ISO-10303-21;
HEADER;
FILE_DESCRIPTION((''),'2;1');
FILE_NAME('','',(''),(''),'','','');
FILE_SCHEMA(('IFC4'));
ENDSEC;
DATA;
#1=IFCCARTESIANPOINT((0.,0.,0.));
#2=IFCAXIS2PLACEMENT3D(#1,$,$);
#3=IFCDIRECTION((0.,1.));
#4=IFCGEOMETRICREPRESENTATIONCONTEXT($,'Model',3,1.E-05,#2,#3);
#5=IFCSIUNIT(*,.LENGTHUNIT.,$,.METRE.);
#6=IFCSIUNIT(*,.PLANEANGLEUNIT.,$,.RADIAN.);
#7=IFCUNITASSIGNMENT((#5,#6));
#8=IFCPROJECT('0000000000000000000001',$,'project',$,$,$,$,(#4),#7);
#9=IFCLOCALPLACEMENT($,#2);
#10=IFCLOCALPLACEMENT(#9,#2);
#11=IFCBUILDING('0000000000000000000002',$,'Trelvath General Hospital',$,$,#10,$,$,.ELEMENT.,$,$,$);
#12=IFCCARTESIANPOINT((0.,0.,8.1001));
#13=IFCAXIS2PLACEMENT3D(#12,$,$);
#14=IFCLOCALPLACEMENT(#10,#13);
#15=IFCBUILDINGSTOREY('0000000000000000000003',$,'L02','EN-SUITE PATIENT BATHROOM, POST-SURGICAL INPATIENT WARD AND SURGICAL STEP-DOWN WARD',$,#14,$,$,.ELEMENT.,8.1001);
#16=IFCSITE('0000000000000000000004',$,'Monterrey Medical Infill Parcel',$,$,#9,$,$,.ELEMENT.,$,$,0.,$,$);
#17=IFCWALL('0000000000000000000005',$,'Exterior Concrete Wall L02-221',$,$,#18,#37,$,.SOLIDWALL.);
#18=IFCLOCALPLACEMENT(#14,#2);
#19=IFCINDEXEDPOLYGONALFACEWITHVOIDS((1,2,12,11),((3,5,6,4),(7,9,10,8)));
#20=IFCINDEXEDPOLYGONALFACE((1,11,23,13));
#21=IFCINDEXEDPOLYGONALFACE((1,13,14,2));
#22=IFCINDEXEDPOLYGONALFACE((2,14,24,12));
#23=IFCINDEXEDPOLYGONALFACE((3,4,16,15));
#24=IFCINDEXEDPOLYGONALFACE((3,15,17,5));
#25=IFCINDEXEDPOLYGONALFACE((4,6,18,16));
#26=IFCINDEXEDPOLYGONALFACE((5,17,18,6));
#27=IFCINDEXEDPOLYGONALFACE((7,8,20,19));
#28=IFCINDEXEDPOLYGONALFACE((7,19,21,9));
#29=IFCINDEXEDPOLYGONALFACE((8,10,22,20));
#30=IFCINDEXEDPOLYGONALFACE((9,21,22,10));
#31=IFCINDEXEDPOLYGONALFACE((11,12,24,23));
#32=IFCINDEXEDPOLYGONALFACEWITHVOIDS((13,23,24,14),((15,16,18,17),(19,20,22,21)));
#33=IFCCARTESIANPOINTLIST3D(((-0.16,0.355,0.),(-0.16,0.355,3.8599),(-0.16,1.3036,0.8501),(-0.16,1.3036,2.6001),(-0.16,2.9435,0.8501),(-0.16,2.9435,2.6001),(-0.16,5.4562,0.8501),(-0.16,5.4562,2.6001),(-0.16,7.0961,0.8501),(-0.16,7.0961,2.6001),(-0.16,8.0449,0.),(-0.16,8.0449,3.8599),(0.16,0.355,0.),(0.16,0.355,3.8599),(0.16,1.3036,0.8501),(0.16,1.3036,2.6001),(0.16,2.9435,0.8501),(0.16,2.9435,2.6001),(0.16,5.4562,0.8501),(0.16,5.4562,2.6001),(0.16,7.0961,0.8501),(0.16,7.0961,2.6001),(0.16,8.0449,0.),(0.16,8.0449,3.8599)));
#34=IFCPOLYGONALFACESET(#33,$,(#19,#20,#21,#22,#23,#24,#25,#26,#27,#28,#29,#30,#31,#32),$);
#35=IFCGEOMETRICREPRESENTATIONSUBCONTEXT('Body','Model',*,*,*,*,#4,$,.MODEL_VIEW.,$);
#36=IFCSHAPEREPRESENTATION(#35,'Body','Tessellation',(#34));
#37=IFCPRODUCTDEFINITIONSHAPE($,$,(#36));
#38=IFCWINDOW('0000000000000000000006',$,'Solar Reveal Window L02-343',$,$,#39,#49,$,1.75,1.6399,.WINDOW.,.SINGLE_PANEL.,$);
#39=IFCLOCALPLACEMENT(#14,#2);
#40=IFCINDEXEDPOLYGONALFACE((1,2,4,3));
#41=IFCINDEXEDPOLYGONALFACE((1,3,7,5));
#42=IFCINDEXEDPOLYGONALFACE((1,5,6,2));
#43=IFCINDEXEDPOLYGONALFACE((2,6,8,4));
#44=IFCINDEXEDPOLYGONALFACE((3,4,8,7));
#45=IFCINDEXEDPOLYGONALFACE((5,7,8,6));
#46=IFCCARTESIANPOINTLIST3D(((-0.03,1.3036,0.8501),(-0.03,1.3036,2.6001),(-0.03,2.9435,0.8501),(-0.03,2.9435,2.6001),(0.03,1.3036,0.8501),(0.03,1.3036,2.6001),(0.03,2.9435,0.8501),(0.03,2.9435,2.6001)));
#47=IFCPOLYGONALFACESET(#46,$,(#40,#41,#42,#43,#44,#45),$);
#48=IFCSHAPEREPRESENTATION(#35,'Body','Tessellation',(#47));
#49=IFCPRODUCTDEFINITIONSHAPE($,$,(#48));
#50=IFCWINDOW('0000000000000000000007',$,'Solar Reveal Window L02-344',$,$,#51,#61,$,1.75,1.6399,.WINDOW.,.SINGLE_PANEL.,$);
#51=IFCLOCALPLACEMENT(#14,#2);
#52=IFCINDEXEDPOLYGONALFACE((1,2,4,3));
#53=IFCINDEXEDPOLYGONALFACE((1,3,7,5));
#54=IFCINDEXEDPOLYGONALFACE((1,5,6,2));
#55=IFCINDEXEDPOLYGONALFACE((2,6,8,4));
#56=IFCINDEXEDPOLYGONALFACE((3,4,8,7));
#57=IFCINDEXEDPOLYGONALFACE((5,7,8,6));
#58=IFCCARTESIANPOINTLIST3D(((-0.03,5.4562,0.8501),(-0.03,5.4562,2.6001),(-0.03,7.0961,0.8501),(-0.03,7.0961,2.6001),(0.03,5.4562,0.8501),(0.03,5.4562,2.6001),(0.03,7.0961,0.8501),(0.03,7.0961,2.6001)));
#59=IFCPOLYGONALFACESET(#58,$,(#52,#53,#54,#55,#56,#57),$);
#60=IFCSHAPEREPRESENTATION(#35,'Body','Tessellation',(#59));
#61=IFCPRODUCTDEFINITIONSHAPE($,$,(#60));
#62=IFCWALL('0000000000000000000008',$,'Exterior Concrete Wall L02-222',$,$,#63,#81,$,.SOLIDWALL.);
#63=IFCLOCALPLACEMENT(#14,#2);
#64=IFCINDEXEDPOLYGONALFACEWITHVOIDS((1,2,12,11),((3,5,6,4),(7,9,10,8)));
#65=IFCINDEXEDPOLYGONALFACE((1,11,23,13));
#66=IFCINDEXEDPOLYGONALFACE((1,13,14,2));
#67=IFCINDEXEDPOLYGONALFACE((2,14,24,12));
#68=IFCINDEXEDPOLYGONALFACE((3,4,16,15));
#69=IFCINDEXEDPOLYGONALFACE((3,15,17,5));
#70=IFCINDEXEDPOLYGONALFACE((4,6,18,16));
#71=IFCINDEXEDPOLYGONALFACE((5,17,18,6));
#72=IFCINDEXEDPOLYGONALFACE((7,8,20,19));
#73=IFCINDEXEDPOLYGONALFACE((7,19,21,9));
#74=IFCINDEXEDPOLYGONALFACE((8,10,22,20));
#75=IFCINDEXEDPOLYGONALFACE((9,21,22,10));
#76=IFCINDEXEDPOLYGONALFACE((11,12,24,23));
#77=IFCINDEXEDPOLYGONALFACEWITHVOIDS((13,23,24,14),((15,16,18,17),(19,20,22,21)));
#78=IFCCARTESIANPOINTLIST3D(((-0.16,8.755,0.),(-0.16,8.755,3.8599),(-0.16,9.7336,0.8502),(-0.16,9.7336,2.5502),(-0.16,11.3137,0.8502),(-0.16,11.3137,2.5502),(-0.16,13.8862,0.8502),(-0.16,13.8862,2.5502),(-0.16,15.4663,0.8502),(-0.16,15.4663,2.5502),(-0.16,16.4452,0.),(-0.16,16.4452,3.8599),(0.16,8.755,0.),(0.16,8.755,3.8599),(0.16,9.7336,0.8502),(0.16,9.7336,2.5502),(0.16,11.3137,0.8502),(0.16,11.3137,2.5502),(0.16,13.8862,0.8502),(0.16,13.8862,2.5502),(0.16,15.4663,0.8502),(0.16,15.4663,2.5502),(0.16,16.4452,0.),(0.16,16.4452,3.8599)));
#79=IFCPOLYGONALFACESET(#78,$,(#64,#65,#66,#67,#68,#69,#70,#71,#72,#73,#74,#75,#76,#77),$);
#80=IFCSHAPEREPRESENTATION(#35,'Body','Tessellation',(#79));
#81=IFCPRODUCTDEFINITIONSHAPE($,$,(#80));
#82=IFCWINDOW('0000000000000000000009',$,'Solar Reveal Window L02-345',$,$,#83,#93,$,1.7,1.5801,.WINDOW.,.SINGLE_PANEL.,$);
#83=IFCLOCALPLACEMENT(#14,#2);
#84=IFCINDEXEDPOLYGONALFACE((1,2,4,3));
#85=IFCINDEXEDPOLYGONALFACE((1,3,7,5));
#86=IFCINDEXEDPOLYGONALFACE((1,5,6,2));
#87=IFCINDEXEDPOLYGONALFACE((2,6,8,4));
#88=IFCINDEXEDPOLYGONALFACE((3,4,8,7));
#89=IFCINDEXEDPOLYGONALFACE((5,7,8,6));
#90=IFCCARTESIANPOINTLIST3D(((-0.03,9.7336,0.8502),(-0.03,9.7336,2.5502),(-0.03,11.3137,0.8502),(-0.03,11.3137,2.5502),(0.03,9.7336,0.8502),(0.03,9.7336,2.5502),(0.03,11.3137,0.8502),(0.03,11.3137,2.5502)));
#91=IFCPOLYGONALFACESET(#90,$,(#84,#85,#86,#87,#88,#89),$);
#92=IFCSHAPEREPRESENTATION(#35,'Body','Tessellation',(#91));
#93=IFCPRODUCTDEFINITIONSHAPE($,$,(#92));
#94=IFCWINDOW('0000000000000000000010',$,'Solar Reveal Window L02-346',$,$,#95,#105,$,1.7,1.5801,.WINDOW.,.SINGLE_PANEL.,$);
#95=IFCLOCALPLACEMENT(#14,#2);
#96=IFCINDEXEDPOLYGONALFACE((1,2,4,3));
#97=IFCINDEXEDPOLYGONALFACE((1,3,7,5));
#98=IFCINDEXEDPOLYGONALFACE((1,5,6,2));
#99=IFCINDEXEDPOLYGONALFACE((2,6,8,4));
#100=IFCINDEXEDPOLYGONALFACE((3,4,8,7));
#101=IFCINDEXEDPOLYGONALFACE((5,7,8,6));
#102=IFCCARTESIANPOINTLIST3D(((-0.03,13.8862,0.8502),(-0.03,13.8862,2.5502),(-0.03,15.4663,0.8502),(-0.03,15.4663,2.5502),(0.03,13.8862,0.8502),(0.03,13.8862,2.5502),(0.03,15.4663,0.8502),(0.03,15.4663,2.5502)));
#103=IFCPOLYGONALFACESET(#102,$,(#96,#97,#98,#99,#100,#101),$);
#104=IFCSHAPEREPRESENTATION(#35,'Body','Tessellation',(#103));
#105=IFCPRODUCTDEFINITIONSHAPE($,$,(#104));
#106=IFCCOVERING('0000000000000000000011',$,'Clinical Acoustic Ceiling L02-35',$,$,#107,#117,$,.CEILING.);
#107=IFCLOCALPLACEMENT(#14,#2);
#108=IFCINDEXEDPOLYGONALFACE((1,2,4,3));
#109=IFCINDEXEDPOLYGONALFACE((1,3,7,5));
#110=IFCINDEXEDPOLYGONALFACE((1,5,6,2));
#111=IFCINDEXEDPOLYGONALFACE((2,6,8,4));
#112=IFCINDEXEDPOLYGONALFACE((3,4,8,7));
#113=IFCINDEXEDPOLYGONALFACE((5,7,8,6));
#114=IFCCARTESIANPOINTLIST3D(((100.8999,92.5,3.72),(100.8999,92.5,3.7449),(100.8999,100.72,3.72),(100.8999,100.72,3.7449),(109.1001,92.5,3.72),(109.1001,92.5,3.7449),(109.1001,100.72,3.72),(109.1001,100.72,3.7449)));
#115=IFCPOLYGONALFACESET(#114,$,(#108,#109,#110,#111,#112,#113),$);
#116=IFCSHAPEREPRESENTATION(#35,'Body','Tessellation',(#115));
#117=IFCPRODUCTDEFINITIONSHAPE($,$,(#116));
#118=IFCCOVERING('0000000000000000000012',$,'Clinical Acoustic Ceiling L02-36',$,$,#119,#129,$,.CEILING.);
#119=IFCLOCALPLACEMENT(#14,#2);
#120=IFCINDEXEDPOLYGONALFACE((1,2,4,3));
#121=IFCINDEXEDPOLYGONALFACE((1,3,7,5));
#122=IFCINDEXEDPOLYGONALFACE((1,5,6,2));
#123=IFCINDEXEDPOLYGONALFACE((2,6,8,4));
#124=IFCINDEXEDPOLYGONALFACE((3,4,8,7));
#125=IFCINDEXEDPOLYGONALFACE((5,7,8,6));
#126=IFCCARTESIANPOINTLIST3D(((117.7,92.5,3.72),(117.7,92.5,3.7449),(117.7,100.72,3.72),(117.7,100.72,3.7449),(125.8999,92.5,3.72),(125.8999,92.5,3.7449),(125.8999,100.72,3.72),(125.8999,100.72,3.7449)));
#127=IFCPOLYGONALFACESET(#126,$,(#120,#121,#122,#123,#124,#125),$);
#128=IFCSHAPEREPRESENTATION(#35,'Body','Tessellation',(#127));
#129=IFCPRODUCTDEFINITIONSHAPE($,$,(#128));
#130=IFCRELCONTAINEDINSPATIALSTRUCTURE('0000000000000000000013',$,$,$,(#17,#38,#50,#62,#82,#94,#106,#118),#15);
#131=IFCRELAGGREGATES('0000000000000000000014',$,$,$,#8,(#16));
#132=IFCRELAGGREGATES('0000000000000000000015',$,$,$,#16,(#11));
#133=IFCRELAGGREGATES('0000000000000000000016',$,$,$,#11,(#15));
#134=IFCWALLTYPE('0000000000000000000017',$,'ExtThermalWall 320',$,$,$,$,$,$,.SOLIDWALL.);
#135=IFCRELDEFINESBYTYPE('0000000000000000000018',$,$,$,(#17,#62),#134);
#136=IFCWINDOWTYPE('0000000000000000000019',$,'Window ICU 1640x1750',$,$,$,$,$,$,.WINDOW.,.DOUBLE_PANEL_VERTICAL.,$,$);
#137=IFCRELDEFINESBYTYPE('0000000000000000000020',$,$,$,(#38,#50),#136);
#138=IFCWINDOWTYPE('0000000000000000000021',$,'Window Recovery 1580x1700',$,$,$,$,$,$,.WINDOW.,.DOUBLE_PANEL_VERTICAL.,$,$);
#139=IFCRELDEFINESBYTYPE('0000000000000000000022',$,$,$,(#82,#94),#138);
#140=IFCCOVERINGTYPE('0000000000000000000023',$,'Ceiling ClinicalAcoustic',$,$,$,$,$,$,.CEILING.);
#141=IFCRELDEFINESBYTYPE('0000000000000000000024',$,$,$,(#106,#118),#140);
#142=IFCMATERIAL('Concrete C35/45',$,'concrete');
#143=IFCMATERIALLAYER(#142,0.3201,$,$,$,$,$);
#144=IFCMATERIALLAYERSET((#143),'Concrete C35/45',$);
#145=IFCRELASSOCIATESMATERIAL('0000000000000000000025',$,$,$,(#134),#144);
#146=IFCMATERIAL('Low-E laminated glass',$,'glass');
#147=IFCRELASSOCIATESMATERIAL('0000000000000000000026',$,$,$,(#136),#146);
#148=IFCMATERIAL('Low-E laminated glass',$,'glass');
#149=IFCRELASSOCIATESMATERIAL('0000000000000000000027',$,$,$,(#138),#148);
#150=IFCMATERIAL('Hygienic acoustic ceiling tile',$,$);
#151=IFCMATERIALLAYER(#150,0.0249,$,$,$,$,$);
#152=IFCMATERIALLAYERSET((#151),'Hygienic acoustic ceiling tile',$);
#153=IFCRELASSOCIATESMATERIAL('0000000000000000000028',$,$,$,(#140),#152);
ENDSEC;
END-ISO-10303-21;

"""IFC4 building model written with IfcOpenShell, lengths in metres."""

from ifc_helpers import new_model, si_unit, direction, frame, frame_2d, origin, place, context, subcontext, project, spatial, polyline, rectangle, outline, extrude, material, layer, layer_set, type_object, element, fill, save


model = new_model("IFC4")

# Units and contexts
model_context = context("Model", 3, precision=1e-05, world=origin(), true_north=direction((0.0, 1.0)))
body_context = subcontext(model_context, "Body", "Model", "MODEL_VIEW")
ifc_project = project(units=[si_unit("LENGTHUNIT", "METRE"), si_unit("PLANEANGLEUNIT", "RADIAN")], contexts=[model_context])

# Site, building, storey
site_placement = place(None, origin())
site = spatial("IfcSite", under=ifc_project, at=site_placement, Name="Monterrey Medical Infill Parcel", CompositionType="ELEMENT", RefElevation=0.0)
building_placement = place(site_placement, origin())
building = spatial("IfcBuilding", under=site, at=building_placement, Name="Trelvath General Hospital", CompositionType="ELEMENT")
storey_placement = place(building_placement, frame((0.0, 0.0, 8.1001)))
storey = spatial("IfcBuildingStorey", under=building, at=storey_placement, Name="L02", Description="EN-SUITE PATIENT BATHROOM, POST-SURGICAL INPATIENT WARD AND SURGICAL STEP-DOWN WARD", CompositionType="ELEMENT", Elevation=8.1001)

# Walls, openings, windows
ifc_material_1 = material(Name="Concrete C35/45", Category="concrete")
ifc_layer_1 = layer(ifc_material_1, 0.3201)
ifc_layer_set_1 = layer_set([ifc_layer_1], Name="Concrete C35/45")
wall_type_1 = type_object("IfcWallType", Name="ExtThermalWall 320", PredefinedType="SOLIDWALL", material=ifc_layer_set_1)
ifc_material_2 = material(Name="Low-E laminated glass", Category="glass")
window_type_1 = type_object("IfcWindowType", Name="Window ICU 1640x1750", PartitioningType="DOUBLE_PANEL_VERTICAL", PredefinedType="WINDOW", material=ifc_material_2)
wall_1_placement = place(storey_placement, frame((0.0, 0.355, 0.0), z_axis=(0.0, 0.0, 1.0), x_axis=(0.0, 1.0, 0.0)))
wall_1 = element("IfcWall", 1, at=wall_1_placement, inside=storey, type_object=wall_type_1, Name="Exterior Concrete Wall L02-221", PredefinedType="SOLIDWALL", context=body_context, shape_type="SweptSolid", body=[
    extrude(rectangle(XDim=7.6899, YDim=0.3201, at=frame_2d((3.845, 0.0))), origin(), (0.0, 0.0, 1.0), 3.8599),
])
opening_1_placement = place(wall_1_placement, frame((0.9487, 0.0, 0.8501)))
opening_1 = element("IfcOpeningElement", 2, at=opening_1_placement, cuts=wall_1, PredefinedType="OPENING", context=body_context, shape_type="SweptSolid", body=[
    extrude(rectangle(XDim=1.6399, YDim=1.75, at=frame_2d((0.8198, 0.875))), frame((0.0, 0.1699, 0.0), z_axis=(0.0, -1.0, 0.0), x_axis=(1.0, 0.0, 0.0)), (0.0, 0.0, 1.0), 0.3401),
])
opening_2_placement = place(wall_1_placement, frame((5.1013, 0.0, 0.8501)))
opening_2 = element("IfcOpeningElement", 3, at=opening_2_placement, cuts=wall_1, PredefinedType="OPENING", context=body_context, shape_type="SweptSolid", body=[
    extrude(rectangle(XDim=1.6399, YDim=1.75, at=frame_2d((0.8198, 0.875))), frame((0.0, 0.1699, 0.0), z_axis=(0.0, -1.0, 0.0), x_axis=(1.0, 0.0, 0.0)), (0.0, 0.0, 1.0), 0.3401),
])
window_1_placement = place(opening_1_placement, origin())
window_1 = element("IfcWindow", 4, at=window_1_placement, inside=storey, type_object=window_type_1, Name="Solar Reveal Window L02-343", OverallHeight=1.75, OverallWidth=1.6399, PartitioningType="SINGLE_PANEL", PredefinedType="WINDOW", context=body_context, shape_type="SweptSolid", body=[
    extrude(rectangle(XDim=1.6399, YDim=1.75, at=frame_2d((0.8198, 0.875))), frame((0.0, 0.03, 0.0), z_axis=(0.0, -1.0, 0.0), x_axis=(1.0, 0.0, 0.0)), (0.0, 0.0, 1.0), 0.0601),
])
fill(opening_1, window_1)
window_2_placement = place(opening_2_placement, origin())
window_2 = element("IfcWindow", 5, at=window_2_placement, inside=storey, type_object=window_type_1, Name="Solar Reveal Window L02-344", OverallHeight=1.75, OverallWidth=1.6399, PartitioningType="SINGLE_PANEL", PredefinedType="WINDOW", context=body_context, shape_type="SweptSolid", body=[
    extrude(rectangle(XDim=1.6399, YDim=1.75, at=frame_2d((0.8198, 0.875))), frame((0.0, 0.03, 0.0), z_axis=(0.0, -1.0, 0.0), x_axis=(1.0, 0.0, 0.0)), (0.0, 0.0, 1.0), 0.0601),
])
fill(opening_2, window_2)
wall_2_placement = place(storey_placement, frame((0.0, 8.7549, 0.0), z_axis=(0.0, 0.0, 1.0), x_axis=(0.0, 1.0, 0.0)))
wall_2 = element("IfcWall", 6, at=wall_2_placement, inside=storey, type_object=wall_type_1, Name="Exterior Concrete Wall L02-222", PredefinedType="SOLIDWALL", context=body_context, shape_type="SweptSolid", body=[
    extrude(rectangle(XDim=7.6902, YDim=0.3201, at=frame_2d((3.8452, 0.0))), origin(), (0.0, 0.0, 1.0), 3.8599),
])
opening_3_placement = place(wall_2_placement, frame((0.9788, 0.0, 0.8501)))
opening_3 = element("IfcOpeningElement", 7, at=opening_3_placement, cuts=wall_2, PredefinedType="OPENING", context=body_context, shape_type="SweptSolid", body=[
    extrude(rectangle(XDim=1.5801, YDim=1.7, at=frame_2d((0.79, 0.8501))), frame((0.0, 0.1699, 0.0), z_axis=(0.0, -1.0, 0.0), x_axis=(1.0, 0.0, 0.0)), (0.0, 0.0, 1.0), 0.3401),
])
opening_4_placement = place(wall_2_placement, frame((5.1313, 0.0, 0.8501)))
opening_4 = element("IfcOpeningElement", 8, at=opening_4_placement, cuts=wall_2, PredefinedType="OPENING", context=body_context, shape_type="SweptSolid", body=[
    extrude(rectangle(XDim=1.5801, YDim=1.7, at=frame_2d((0.79, 0.8501))), frame((0.0, 0.1699, 0.0), z_axis=(0.0, -1.0, 0.0), x_axis=(1.0, 0.0, 0.0)), (0.0, 0.0, 1.0), 0.3401),
])
ifc_material_3 = material(Name="Low-E laminated glass", Category="glass")
window_type_2 = type_object("IfcWindowType", Name="Window Recovery 1580x1700", PartitioningType="DOUBLE_PANEL_VERTICAL", PredefinedType="WINDOW", material=ifc_material_3)
window_3_placement = place(opening_3_placement, origin())
window_3 = element("IfcWindow", 9, at=window_3_placement, inside=storey, type_object=window_type_2, Name="Solar Reveal Window L02-345", OverallHeight=1.7, OverallWidth=1.5801, PartitioningType="SINGLE_PANEL", PredefinedType="WINDOW", context=body_context, shape_type="SweptSolid", body=[
    extrude(rectangle(XDim=1.5801, YDim=1.7, at=frame_2d((0.79, 0.8501))), frame((0.0, 0.03, 0.0), z_axis=(0.0, -1.0, 0.0), x_axis=(1.0, 0.0, 0.0)), (0.0, 0.0, 1.0), 0.0601),
])
fill(opening_3, window_3)
window_4_placement = place(opening_4_placement, origin())
window_4 = element("IfcWindow", 10, at=window_4_placement, inside=storey, type_object=window_type_2, Name="Solar Reveal Window L02-346", OverallHeight=1.7, OverallWidth=1.5801, PartitioningType="SINGLE_PANEL", PredefinedType="WINDOW", context=body_context, shape_type="SweptSolid", body=[
    extrude(rectangle(XDim=1.5801, YDim=1.7, at=frame_2d((0.79, 0.8501))), frame((0.0, 0.03, 0.0), z_axis=(0.0, -1.0, 0.0), x_axis=(1.0, 0.0, 0.0)), (0.0, 0.0, 1.0), 0.0601),
])
fill(opening_4, window_4)

# Coverings
ifc_material_4 = material(Name="Hygienic acoustic ceiling tile")
ifc_layer_2 = layer(ifc_material_4, 0.0249)
ifc_layer_set_2 = layer_set([ifc_layer_2], Name="Hygienic acoustic ceiling tile")
covering_type = type_object("IfcCoveringType", Name="Ceiling ClinicalAcoustic", PredefinedType="CEILING", material=ifc_layer_set_2)
covering_1_placement = place(storey_placement, frame((0.0, 0.0, 3.72)))
element("IfcCovering", 11, at=covering_1_placement, inside=storey, type_object=covering_type, Name="Clinical Acoustic Ceiling L02-35", PredefinedType="CEILING", context=body_context, shape_type="SweptSolid", body=[
    extrude(outline(polyline([(100.8999, 92.5), (109.1001, 92.5), (109.1001, 100.72), (100.8999, 100.72), (100.8999, 92.5)])), origin(), (0.0, 0.0, 1.0), 0.0249),
])
covering_2_placement = place(storey_placement, frame((0.0, 0.0, 3.72)))
element("IfcCovering", 12, at=covering_2_placement, inside=storey, type_object=covering_type, Name="Clinical Acoustic Ceiling L02-36", PredefinedType="CEILING", context=body_context, shape_type="SweptSolid", body=[
    extrude(outline(polyline([(117.7, 92.5), (125.8999, 92.5), (125.8999, 100.72), (117.7, 100.72), (117.7, 92.5)])), origin(), (0.0, 0.0, 1.0), 0.0249),
])

save(model, "model.ifc")
